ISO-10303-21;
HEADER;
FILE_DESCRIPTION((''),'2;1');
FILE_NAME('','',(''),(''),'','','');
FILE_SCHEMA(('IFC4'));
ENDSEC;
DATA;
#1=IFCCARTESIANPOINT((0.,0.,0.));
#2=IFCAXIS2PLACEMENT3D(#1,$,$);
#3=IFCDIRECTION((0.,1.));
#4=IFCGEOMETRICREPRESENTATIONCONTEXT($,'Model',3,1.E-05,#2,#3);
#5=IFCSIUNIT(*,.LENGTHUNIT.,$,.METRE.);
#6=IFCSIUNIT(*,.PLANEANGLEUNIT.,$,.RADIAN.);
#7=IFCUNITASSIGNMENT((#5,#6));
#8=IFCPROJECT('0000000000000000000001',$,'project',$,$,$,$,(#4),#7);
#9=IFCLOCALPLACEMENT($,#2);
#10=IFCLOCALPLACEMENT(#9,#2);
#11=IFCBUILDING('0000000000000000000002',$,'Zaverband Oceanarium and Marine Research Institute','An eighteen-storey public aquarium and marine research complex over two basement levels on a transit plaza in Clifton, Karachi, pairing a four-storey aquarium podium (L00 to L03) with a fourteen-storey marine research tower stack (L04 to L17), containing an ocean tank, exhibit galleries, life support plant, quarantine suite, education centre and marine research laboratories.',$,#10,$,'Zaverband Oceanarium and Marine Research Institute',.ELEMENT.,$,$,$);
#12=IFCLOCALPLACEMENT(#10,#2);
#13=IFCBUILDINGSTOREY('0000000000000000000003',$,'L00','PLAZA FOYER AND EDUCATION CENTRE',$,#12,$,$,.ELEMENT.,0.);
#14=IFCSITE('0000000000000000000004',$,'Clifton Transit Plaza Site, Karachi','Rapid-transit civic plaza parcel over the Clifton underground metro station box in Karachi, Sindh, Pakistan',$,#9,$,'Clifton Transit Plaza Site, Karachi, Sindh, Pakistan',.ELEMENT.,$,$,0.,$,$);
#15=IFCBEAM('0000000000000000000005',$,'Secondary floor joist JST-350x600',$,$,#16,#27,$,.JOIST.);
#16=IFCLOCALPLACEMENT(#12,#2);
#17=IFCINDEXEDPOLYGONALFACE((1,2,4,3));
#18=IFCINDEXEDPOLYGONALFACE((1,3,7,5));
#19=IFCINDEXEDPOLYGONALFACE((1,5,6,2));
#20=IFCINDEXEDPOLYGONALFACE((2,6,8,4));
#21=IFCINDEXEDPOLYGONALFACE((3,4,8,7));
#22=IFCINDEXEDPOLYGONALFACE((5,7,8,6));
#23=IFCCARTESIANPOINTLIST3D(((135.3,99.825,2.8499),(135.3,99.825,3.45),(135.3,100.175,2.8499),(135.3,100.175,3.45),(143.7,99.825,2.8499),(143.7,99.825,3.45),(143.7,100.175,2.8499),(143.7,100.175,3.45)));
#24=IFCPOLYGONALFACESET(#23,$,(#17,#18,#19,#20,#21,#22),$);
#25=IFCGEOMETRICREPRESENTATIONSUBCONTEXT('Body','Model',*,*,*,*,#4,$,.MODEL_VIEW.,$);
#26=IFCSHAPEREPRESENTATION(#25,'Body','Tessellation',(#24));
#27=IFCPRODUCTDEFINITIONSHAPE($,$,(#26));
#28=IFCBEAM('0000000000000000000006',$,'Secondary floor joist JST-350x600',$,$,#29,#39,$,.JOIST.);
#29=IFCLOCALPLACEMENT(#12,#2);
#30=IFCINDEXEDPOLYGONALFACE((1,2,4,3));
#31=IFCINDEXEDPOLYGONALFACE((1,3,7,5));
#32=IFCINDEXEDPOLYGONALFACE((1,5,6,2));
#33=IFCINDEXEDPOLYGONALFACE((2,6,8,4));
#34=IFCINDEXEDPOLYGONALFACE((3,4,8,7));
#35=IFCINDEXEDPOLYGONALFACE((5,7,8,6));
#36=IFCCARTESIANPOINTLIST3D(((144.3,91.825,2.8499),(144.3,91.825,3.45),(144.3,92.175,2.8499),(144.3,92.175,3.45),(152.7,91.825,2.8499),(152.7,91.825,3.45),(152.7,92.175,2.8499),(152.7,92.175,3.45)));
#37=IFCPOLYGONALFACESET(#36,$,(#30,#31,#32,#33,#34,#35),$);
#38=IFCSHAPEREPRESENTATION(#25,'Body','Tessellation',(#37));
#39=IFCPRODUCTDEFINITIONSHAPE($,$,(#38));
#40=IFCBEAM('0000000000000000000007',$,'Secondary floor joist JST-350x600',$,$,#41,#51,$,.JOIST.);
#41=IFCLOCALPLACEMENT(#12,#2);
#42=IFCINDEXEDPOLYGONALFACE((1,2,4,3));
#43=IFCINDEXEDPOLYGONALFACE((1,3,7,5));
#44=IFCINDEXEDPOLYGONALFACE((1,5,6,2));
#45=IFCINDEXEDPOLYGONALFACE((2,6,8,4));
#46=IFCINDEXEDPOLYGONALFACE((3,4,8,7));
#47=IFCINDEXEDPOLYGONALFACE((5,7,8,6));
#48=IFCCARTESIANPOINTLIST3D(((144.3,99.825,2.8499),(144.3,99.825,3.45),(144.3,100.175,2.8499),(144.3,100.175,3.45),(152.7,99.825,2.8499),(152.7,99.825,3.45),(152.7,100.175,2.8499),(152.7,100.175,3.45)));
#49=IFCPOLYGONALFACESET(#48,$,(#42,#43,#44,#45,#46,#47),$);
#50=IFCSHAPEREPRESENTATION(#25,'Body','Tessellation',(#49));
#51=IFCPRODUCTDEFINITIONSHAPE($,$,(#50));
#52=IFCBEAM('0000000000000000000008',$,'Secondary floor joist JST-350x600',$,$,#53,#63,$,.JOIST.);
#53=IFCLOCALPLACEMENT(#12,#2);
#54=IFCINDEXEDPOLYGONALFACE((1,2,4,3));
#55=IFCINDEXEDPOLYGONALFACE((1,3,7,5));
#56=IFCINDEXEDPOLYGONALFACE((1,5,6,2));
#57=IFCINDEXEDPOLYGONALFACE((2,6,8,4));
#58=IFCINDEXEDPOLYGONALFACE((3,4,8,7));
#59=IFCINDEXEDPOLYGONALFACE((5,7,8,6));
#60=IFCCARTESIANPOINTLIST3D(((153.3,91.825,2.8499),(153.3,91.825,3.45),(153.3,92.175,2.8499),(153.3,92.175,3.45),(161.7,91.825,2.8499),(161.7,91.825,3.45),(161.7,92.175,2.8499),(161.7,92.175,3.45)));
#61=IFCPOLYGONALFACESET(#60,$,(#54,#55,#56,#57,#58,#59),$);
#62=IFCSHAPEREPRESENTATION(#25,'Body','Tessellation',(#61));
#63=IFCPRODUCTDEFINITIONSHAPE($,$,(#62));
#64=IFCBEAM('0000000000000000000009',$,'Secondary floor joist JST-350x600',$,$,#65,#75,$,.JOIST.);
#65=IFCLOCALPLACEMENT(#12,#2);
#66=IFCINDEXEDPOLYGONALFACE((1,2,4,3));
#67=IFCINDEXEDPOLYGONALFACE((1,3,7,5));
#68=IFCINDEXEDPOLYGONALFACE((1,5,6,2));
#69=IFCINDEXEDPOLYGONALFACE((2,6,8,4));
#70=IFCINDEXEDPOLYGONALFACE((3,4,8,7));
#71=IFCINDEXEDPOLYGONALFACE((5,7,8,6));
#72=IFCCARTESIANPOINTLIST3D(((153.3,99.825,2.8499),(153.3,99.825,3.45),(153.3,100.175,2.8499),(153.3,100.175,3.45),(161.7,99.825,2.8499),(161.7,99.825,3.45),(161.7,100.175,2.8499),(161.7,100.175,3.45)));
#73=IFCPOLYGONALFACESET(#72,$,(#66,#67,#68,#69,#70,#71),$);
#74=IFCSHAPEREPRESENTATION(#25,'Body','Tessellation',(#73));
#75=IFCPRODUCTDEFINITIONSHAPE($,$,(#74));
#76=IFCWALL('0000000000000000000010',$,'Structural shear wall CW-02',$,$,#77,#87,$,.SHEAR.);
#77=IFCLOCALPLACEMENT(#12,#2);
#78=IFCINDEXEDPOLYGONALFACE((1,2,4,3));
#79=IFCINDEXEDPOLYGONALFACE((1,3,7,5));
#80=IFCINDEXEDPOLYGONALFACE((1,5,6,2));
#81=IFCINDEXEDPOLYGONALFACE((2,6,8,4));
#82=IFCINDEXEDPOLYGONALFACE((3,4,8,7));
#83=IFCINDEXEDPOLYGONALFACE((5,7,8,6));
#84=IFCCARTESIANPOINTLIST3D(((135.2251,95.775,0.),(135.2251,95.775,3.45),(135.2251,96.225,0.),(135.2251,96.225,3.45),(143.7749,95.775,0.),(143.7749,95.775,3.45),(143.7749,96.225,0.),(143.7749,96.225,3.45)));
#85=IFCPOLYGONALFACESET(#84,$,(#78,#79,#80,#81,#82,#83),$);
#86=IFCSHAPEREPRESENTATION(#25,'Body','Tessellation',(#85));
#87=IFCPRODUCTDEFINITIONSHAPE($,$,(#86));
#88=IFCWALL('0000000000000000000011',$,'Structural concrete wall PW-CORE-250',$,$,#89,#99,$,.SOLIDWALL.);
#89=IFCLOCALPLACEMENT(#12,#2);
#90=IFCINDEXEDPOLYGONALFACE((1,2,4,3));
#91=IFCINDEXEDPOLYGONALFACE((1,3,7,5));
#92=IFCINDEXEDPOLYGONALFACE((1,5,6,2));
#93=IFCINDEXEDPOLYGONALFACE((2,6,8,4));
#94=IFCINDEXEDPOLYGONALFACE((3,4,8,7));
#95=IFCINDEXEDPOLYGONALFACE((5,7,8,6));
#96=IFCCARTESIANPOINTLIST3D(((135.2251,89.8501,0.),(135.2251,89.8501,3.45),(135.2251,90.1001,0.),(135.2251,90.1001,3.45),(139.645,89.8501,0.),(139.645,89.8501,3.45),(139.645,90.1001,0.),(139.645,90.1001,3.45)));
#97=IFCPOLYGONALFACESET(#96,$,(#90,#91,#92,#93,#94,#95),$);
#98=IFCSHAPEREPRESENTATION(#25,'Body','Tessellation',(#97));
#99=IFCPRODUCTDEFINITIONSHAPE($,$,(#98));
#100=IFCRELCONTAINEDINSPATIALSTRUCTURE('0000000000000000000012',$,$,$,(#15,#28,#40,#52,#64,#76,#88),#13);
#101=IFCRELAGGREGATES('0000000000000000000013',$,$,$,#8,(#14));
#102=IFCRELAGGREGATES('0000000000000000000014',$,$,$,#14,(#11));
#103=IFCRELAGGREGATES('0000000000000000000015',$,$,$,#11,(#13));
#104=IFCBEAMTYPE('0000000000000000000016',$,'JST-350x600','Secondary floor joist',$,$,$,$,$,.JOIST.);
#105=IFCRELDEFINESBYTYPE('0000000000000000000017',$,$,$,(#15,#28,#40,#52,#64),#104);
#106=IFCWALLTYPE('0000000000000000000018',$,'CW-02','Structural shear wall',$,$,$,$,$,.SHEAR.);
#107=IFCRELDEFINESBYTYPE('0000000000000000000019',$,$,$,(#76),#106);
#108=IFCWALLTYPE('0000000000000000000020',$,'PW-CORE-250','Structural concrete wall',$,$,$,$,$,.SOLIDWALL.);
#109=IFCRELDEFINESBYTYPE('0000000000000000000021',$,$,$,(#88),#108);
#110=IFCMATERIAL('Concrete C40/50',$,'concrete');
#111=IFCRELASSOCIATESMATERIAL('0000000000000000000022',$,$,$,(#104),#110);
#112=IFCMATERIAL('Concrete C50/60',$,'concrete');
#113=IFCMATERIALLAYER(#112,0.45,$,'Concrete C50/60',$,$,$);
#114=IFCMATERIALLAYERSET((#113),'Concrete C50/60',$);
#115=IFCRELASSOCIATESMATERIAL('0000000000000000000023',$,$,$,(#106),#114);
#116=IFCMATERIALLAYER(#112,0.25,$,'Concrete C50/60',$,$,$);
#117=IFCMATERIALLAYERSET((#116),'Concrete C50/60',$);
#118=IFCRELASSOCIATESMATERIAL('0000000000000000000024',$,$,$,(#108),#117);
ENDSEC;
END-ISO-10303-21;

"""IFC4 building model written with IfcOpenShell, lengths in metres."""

from ifc_helpers import new_model, si_unit, direction, frame, frame_2d, origin, origin_2d, place, context, subcontext, project, spatial, rectangle, extrude, material, layer, layer_set, material_profile, profile_set, type_object, element, save


model = new_model("IFC4")

# Units and contexts
model_context = context("Model", 3, precision=1e-05, world=origin(), true_north=direction((0.0, 1.0)))
body_context = subcontext(model_context, "Body", "Model", "MODEL_VIEW")
ifc_project = project(units=[si_unit("LENGTHUNIT", "METRE"), si_unit("PLANEANGLEUNIT", "RADIAN")], contexts=[model_context])

# Site, building, storey
site_placement = place(None, origin())
site = spatial("IfcSite", under=ifc_project, at=site_placement, Name="Clifton Transit Plaza Site, Karachi", Description="Rapid-transit civic plaza parcel over the Clifton underground metro station box in Karachi, Sindh, Pakistan", LongName="Clifton Transit Plaza Site, Karachi, Sindh, Pakistan", CompositionType="ELEMENT", RefElevation=0.0)
building_placement = place(site_placement, origin())
building = spatial("IfcBuilding", under=site, at=building_placement, Name="Zaverband Oceanarium and Marine Research Institute", Description="An eighteen-storey public aquarium and marine research complex over two basement levels on a transit plaza in Clifton, Karachi, pairing a four-storey aquarium podium (L00 to L03) with a fourteen-storey marine research tower stack (L04 to L17), containing an ocean tank, exhibit galleries, life support plant, quarantine suite, education centre and marine research laboratories.", LongName="Zaverband Oceanarium and Marine Research Institute", CompositionType="ELEMENT")
storey_placement = place(building_placement, origin())
storey = spatial("IfcBuildingStorey", under=building, at=storey_placement, Name="L00", Description="PLAZA FOYER AND EDUCATION CENTRE", CompositionType="ELEMENT", Elevation=0.0)

# Shared definitions
ifc_material_1 = material(Name="Concrete C50/60", Category="concrete")

# Beams
ifc_material_2 = material(Name="Concrete C40/50", Category="concrete")
ifc_material_profile_1 = material_profile(ifc_material_2, rectangle(XDim=0.3501, YDim=0.6001, at=origin_2d()), Name="RC350x600")
ifc_profile_set_1 = profile_set([ifc_material_profile_1], Name="Concrete C40/50")
beam_type_1 = type_object("IfcBeamType", Name="JST-350x600", Description="Secondary floor joist", PredefinedType="JOIST", material=ifc_profile_set_1)
for number, where, z_axis, x_axis, name in (
    (1, (135.3, 100.0, 3.1499), (1.0, 0.0, 0.0), (0.0, 1.0, 0.0), "Secondary floor joist JST-350x600"),
    (2, (144.3, 92.0, 3.1499), (1.0, 0.0, 0.0), (0.0, 1.0, 0.0), "Secondary floor joist JST-350x600"),
    (3, (144.3, 100.0, 3.1499), (1.0, 0.0, 0.0), (0.0, 1.0, 0.0), "Secondary floor joist JST-350x600"),
    (4, (153.3, 92.0, 3.1499), (1.0, 0.0, 0.0), (0.0, 1.0, 0.0), "Secondary floor joist JST-350x600"),
    (5, (153.3, 100.0, 3.1499), (1.0, 0.0, 0.0), (0.0, 1.0, 0.0), "Secondary floor joist JST-350x600"),
):
    element("IfcBeam", number, at=place(storey_placement, frame(where, z_axis=z_axis, x_axis=x_axis)), inside=storey, type_object=beam_type_1, Name=name, PredefinedType="JOIST", context=body_context, shape_type="SweptSolid", body=[
        extrude(rectangle(XDim=0.3501, YDim=0.6001, at=origin_2d()), origin(), (0.0, 0.0, 1.0), 8.3999),
    ])

# Walls
ifc_layer_1 = layer(ifc_material_1, 0.45, Name="Concrete C50/60")
ifc_layer_set_1 = layer_set([ifc_layer_1], Name="Concrete C50/60")
wall_type_1 = type_object("IfcWallType", Name="CW-02", Description="Structural shear wall", PredefinedType="SHEAR", material=ifc_layer_set_1)
wall_1_placement = place(storey_placement, frame((135.2251, 96.0, 0.0), z_axis=(0.0, 0.0, 1.0), x_axis=(1.0, 0.0, 0.0)))
element("IfcWall", 6, at=wall_1_placement, inside=storey, type_object=wall_type_1, Name="Structural shear wall CW-02", PredefinedType="SHEAR", context=body_context, shape_type="SweptSolid", body=[
    extrude(rectangle(XDim=8.5498, YDim=0.45, at=frame_2d((4.2749, 0.0))), origin(), (0.0, 0.0, 1.0), 3.45),
])
ifc_layer_2 = layer(ifc_material_1, 0.25, Name="Concrete C50/60")
ifc_layer_set_2 = layer_set([ifc_layer_2], Name="Concrete C50/60")
wall_type_2 = type_object("IfcWallType", Name="PW-CORE-250", Description="Structural concrete wall", PredefinedType="SOLIDWALL", material=ifc_layer_set_2)
wall_2_placement = place(storey_placement, frame((135.2251, 89.9751, 0.0), z_axis=(0.0, 0.0, 1.0), x_axis=(1.0, 0.0, 0.0)))
element("IfcWall", 7, at=wall_2_placement, inside=storey, type_object=wall_type_2, Name="Structural concrete wall PW-CORE-250", PredefinedType="SOLIDWALL", context=body_context, shape_type="SweptSolid", body=[
    extrude(rectangle(XDim=4.4199, YDim=0.25, at=frame_2d((2.21, 0.0))), origin(), (0.0, 0.0, 1.0), 3.45),
])

save(model, "model.ifc")
